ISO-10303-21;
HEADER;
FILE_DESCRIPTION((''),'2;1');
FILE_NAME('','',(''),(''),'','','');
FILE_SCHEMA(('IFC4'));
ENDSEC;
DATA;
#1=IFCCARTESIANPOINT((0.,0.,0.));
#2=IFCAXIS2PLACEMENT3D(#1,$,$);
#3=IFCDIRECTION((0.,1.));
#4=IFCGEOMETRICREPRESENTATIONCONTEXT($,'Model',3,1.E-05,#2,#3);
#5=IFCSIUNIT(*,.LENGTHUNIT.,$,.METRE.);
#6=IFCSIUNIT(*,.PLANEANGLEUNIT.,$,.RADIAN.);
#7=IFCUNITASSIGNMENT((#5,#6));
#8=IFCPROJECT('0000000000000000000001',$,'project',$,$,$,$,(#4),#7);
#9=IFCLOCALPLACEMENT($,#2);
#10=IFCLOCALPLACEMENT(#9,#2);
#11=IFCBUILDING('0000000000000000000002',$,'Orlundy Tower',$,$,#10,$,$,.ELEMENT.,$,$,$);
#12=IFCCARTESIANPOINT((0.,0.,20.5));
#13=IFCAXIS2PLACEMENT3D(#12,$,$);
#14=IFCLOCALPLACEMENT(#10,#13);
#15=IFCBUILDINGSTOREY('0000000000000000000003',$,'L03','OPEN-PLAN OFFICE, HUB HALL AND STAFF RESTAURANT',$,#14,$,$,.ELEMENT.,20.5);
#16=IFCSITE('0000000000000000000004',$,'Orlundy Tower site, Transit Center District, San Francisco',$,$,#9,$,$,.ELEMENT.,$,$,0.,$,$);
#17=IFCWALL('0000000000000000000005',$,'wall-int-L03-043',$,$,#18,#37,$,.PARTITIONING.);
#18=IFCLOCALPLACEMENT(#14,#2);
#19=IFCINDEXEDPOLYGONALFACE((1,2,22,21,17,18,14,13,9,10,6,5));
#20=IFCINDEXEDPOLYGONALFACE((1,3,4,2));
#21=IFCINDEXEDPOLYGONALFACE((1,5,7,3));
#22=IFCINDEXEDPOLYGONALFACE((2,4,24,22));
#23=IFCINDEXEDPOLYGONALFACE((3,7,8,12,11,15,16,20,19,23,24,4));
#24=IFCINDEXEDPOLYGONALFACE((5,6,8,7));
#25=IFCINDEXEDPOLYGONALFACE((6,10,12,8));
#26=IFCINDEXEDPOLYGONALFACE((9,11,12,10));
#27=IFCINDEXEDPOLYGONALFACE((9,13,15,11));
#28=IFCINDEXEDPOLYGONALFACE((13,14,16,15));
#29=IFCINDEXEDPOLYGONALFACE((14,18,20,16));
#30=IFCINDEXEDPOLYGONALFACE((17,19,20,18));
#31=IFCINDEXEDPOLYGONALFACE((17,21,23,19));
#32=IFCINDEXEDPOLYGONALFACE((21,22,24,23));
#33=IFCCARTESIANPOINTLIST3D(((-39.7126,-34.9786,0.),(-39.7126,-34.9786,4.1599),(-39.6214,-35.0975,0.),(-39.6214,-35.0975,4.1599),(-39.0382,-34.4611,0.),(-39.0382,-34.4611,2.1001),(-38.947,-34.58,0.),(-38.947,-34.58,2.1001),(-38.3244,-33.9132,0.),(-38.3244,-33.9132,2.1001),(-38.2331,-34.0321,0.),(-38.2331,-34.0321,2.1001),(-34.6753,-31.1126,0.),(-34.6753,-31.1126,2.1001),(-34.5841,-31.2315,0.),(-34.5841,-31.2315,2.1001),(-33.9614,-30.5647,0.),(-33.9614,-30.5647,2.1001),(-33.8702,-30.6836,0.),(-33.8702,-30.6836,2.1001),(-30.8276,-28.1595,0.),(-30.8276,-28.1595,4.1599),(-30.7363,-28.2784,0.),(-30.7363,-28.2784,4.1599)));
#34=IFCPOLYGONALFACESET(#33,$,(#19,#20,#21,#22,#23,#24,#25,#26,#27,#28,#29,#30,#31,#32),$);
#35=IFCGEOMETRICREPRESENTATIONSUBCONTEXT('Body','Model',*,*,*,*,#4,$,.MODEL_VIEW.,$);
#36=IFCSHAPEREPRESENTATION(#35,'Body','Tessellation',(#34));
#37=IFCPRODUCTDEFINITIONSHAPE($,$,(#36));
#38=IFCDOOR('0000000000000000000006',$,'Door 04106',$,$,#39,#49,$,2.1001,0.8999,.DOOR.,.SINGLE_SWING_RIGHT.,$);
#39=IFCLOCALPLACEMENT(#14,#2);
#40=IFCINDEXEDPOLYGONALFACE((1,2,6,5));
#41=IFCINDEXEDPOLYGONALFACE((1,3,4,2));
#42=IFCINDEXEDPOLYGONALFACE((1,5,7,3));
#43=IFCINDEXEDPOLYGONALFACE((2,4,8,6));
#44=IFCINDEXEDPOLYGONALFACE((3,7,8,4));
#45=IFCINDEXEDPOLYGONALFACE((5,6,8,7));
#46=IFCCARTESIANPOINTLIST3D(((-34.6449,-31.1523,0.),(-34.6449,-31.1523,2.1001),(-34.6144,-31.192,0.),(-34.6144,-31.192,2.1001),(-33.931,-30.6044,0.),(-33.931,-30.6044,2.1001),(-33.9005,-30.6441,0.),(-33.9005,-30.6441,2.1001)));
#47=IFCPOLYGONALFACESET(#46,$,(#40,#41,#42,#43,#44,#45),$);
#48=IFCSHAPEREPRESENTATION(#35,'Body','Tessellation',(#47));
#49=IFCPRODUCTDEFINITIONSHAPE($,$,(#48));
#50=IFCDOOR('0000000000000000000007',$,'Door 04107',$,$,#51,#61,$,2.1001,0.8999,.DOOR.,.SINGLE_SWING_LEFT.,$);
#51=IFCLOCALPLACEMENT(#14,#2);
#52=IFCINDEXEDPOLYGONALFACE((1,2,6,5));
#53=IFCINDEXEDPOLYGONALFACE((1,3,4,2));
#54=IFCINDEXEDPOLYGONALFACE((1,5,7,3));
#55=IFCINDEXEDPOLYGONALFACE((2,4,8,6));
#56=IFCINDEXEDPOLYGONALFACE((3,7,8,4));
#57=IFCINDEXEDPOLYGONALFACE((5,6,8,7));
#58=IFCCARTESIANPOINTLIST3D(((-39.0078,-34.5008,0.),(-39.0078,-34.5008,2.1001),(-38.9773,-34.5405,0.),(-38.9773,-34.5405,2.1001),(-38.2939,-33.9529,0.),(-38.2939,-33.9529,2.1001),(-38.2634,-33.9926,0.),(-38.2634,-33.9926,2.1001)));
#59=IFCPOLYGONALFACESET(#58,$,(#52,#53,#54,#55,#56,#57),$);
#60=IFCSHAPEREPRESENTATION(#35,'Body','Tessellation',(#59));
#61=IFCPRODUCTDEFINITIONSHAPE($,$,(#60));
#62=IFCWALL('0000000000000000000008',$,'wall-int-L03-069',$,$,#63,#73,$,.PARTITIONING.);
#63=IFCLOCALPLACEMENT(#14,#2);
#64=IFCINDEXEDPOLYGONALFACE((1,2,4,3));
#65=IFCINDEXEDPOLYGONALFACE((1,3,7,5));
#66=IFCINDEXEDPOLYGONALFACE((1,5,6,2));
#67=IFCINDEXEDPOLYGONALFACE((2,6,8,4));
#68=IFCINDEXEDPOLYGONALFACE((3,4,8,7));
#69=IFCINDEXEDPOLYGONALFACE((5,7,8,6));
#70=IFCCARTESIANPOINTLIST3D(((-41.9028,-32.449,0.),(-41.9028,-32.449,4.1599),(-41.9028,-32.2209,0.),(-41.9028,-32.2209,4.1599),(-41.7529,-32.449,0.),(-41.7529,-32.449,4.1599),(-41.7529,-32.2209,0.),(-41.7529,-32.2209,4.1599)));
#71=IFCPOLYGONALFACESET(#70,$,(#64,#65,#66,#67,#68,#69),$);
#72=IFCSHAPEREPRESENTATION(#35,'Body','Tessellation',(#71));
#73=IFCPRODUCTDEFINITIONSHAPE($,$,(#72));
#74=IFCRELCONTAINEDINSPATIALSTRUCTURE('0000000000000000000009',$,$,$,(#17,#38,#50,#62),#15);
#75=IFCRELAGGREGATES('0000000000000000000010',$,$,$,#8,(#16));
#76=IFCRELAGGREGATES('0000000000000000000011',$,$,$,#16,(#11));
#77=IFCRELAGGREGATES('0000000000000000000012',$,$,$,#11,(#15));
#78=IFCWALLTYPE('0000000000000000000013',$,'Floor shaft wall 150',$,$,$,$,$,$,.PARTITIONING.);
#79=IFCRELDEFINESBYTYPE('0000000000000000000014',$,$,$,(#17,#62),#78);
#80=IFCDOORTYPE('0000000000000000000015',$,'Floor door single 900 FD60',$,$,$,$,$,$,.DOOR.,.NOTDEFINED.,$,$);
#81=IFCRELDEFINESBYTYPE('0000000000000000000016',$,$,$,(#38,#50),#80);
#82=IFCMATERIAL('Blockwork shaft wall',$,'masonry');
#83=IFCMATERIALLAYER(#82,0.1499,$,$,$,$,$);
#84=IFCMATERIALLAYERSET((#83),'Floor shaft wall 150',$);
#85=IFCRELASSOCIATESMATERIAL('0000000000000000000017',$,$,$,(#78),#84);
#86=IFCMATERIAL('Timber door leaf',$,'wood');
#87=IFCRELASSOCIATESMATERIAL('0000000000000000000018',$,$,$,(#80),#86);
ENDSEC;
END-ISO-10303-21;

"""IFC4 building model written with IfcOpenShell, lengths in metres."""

from ifc_helpers import new_model, si_unit, direction, frame, frame_2d, origin, place, context, subcontext, project, spatial, rectangle, extrude, material, layer, layer_set, type_object, element, fill, save


model = new_model("IFC4")

# Units and contexts
model_context = context("Model", 3, precision=1e-05, world=origin(), true_north=direction((0.0, 1.0)))
body_context = subcontext(model_context, "Body", "Model", "MODEL_VIEW")
ifc_project = project(units=[si_unit("LENGTHUNIT", "METRE"), si_unit("PLANEANGLEUNIT", "RADIAN")], contexts=[model_context])

# Site, building, storey
site_placement = place(None, origin())
site = spatial("IfcSite", under=ifc_project, at=site_placement, Name="Orlundy Tower site, Transit Center District, San Francisco", CompositionType="ELEMENT", RefElevation=0.0)
building_placement = place(site_placement, origin())
building = spatial("IfcBuilding", under=site, at=building_placement, Name="Orlundy Tower", CompositionType="ELEMENT")
storey_placement = place(building_placement, frame((0.0, 0.0, 20.5)))
storey = spatial("IfcBuildingStorey", under=building, at=storey_placement, Name="L03", Description="OPEN-PLAN OFFICE, HUB HALL AND STAFF RESTAURANT", CompositionType="ELEMENT", Elevation=20.5)

# Shared definitions
ifc_material_1 = material(Name="Blockwork shaft wall", Category="masonry")
ifc_layer_1 = layer(ifc_material_1, 0.1499)
ifc_layer_set_1 = layer_set([ifc_layer_1], Name="Floor shaft wall 150")
wall_type_1 = type_object("IfcWallType", Name="Floor shaft wall 150", PredefinedType="PARTITIONING", material=ifc_layer_set_1)

# Wall, openings, doors
wall_1_placement = place(storey_placement, frame((-39.667, -35.0381, 0.0), z_axis=(0.0, 0.0, 1.0), x_axis=(0.793294, 0.608839, 0.0)))
wall_1 = element("IfcWall", 1, at=wall_1_placement, inside=storey, type_object=wall_type_1, Name="wall-int-L03-043", PredefinedType="PARTITIONING", context=body_context, shape_type="SweptSolid", body=[
    extrude(rectangle(XDim=11.2002, YDim=0.1499, at=frame_2d((5.6001, 0.0))), origin(), (0.0, 0.0, 1.0), 4.1599),
])
opening_1_placement = place(wall_1_placement, frame((6.3499, 0.0, 0.0)))
opening_1 = element("IfcOpeningElement", 2, at=opening_1_placement, cuts=wall_1, PredefinedType="OPENING", context=body_context, shape_type="SweptSolid", body=[
    extrude(rectangle(XDim=0.8999, YDim=2.1001, at=frame_2d((0.45, 1.05))), frame((0.0, 0.085, 0.0), z_axis=(0.0, -1.0, 0.0), x_axis=(1.0, 0.0, 0.0)), (0.0, 0.0, 1.0), 0.1699),
])
opening_2_placement = place(wall_1_placement, frame((0.8501, 0.0, 0.0)))
opening_2 = element("IfcOpeningElement", 3, at=opening_2_placement, cuts=wall_1, PredefinedType="OPENING", context=body_context, shape_type="SweptSolid", body=[
    extrude(rectangle(XDim=0.8999, YDim=2.1001, at=frame_2d((0.45, 1.05))), frame((0.0, 0.085, 0.0), z_axis=(0.0, -1.0, 0.0), x_axis=(1.0, 0.0, 0.0)), (0.0, 0.0, 1.0), 0.1699),
])
ifc_material_2 = material(Name="Timber door leaf", Category="wood")
door_type_1 = type_object("IfcDoorType", Name="Floor door single 900 FD60", OperationType="NOTDEFINED", PredefinedType="DOOR", material=ifc_material_2)
door_1_placement = place(opening_1_placement, origin())
door_1 = element("IfcDoor", 4, at=door_1_placement, inside=storey, type_object=door_type_1, Name="Door 04106", OperationType="SINGLE_SWING_RIGHT", OverallHeight=2.1001, OverallWidth=0.8999, PredefinedType="DOOR", context=body_context, shape_type="SweptSolid", body=[
    extrude(rectangle(XDim=0.8999, YDim=2.1001, at=frame_2d((0.45, 1.05))), frame((0.0, 0.0249, 0.0), z_axis=(0.0, -1.0, 0.0), x_axis=(1.0, 0.0, 0.0)), (0.0, 0.0, 1.0), 0.05),
])
fill(opening_1, door_1)
door_2_placement = place(opening_2_placement, origin())
door_2 = element("IfcDoor", 5, at=door_2_placement, inside=storey, type_object=door_type_1, Name="Door 04107", OperationType="SINGLE_SWING_LEFT", OverallHeight=2.1001, OverallWidth=0.8999, PredefinedType="DOOR", context=body_context, shape_type="SweptSolid", body=[
    extrude(rectangle(XDim=0.8999, YDim=2.1001, at=frame_2d((0.45, 1.05))), frame((0.0, 0.0249, 0.0), z_axis=(0.0, -1.0, 0.0), x_axis=(1.0, 0.0, 0.0)), (0.0, 0.0, 1.0), 0.05),
])
fill(opening_2, door_2)

# Wall
wall_2_placement = place(storey_placement, frame((-41.8279, -32.449, 0.0), z_axis=(0.0, 0.0, 1.0), x_axis=(0.0, 1.0, 0.0)))
element("IfcWall", 6, at=wall_2_placement, inside=storey, type_object=wall_type_1, Name="wall-int-L03-069", PredefinedType="PARTITIONING", context=body_context, shape_type="SweptSolid", body=[
    extrude(rectangle(XDim=0.228, YDim=0.1499, at=frame_2d((0.114, 0.0))), origin(), (0.0, 0.0, 1.0), 4.1599),
])

save(model, "model.ifc")
